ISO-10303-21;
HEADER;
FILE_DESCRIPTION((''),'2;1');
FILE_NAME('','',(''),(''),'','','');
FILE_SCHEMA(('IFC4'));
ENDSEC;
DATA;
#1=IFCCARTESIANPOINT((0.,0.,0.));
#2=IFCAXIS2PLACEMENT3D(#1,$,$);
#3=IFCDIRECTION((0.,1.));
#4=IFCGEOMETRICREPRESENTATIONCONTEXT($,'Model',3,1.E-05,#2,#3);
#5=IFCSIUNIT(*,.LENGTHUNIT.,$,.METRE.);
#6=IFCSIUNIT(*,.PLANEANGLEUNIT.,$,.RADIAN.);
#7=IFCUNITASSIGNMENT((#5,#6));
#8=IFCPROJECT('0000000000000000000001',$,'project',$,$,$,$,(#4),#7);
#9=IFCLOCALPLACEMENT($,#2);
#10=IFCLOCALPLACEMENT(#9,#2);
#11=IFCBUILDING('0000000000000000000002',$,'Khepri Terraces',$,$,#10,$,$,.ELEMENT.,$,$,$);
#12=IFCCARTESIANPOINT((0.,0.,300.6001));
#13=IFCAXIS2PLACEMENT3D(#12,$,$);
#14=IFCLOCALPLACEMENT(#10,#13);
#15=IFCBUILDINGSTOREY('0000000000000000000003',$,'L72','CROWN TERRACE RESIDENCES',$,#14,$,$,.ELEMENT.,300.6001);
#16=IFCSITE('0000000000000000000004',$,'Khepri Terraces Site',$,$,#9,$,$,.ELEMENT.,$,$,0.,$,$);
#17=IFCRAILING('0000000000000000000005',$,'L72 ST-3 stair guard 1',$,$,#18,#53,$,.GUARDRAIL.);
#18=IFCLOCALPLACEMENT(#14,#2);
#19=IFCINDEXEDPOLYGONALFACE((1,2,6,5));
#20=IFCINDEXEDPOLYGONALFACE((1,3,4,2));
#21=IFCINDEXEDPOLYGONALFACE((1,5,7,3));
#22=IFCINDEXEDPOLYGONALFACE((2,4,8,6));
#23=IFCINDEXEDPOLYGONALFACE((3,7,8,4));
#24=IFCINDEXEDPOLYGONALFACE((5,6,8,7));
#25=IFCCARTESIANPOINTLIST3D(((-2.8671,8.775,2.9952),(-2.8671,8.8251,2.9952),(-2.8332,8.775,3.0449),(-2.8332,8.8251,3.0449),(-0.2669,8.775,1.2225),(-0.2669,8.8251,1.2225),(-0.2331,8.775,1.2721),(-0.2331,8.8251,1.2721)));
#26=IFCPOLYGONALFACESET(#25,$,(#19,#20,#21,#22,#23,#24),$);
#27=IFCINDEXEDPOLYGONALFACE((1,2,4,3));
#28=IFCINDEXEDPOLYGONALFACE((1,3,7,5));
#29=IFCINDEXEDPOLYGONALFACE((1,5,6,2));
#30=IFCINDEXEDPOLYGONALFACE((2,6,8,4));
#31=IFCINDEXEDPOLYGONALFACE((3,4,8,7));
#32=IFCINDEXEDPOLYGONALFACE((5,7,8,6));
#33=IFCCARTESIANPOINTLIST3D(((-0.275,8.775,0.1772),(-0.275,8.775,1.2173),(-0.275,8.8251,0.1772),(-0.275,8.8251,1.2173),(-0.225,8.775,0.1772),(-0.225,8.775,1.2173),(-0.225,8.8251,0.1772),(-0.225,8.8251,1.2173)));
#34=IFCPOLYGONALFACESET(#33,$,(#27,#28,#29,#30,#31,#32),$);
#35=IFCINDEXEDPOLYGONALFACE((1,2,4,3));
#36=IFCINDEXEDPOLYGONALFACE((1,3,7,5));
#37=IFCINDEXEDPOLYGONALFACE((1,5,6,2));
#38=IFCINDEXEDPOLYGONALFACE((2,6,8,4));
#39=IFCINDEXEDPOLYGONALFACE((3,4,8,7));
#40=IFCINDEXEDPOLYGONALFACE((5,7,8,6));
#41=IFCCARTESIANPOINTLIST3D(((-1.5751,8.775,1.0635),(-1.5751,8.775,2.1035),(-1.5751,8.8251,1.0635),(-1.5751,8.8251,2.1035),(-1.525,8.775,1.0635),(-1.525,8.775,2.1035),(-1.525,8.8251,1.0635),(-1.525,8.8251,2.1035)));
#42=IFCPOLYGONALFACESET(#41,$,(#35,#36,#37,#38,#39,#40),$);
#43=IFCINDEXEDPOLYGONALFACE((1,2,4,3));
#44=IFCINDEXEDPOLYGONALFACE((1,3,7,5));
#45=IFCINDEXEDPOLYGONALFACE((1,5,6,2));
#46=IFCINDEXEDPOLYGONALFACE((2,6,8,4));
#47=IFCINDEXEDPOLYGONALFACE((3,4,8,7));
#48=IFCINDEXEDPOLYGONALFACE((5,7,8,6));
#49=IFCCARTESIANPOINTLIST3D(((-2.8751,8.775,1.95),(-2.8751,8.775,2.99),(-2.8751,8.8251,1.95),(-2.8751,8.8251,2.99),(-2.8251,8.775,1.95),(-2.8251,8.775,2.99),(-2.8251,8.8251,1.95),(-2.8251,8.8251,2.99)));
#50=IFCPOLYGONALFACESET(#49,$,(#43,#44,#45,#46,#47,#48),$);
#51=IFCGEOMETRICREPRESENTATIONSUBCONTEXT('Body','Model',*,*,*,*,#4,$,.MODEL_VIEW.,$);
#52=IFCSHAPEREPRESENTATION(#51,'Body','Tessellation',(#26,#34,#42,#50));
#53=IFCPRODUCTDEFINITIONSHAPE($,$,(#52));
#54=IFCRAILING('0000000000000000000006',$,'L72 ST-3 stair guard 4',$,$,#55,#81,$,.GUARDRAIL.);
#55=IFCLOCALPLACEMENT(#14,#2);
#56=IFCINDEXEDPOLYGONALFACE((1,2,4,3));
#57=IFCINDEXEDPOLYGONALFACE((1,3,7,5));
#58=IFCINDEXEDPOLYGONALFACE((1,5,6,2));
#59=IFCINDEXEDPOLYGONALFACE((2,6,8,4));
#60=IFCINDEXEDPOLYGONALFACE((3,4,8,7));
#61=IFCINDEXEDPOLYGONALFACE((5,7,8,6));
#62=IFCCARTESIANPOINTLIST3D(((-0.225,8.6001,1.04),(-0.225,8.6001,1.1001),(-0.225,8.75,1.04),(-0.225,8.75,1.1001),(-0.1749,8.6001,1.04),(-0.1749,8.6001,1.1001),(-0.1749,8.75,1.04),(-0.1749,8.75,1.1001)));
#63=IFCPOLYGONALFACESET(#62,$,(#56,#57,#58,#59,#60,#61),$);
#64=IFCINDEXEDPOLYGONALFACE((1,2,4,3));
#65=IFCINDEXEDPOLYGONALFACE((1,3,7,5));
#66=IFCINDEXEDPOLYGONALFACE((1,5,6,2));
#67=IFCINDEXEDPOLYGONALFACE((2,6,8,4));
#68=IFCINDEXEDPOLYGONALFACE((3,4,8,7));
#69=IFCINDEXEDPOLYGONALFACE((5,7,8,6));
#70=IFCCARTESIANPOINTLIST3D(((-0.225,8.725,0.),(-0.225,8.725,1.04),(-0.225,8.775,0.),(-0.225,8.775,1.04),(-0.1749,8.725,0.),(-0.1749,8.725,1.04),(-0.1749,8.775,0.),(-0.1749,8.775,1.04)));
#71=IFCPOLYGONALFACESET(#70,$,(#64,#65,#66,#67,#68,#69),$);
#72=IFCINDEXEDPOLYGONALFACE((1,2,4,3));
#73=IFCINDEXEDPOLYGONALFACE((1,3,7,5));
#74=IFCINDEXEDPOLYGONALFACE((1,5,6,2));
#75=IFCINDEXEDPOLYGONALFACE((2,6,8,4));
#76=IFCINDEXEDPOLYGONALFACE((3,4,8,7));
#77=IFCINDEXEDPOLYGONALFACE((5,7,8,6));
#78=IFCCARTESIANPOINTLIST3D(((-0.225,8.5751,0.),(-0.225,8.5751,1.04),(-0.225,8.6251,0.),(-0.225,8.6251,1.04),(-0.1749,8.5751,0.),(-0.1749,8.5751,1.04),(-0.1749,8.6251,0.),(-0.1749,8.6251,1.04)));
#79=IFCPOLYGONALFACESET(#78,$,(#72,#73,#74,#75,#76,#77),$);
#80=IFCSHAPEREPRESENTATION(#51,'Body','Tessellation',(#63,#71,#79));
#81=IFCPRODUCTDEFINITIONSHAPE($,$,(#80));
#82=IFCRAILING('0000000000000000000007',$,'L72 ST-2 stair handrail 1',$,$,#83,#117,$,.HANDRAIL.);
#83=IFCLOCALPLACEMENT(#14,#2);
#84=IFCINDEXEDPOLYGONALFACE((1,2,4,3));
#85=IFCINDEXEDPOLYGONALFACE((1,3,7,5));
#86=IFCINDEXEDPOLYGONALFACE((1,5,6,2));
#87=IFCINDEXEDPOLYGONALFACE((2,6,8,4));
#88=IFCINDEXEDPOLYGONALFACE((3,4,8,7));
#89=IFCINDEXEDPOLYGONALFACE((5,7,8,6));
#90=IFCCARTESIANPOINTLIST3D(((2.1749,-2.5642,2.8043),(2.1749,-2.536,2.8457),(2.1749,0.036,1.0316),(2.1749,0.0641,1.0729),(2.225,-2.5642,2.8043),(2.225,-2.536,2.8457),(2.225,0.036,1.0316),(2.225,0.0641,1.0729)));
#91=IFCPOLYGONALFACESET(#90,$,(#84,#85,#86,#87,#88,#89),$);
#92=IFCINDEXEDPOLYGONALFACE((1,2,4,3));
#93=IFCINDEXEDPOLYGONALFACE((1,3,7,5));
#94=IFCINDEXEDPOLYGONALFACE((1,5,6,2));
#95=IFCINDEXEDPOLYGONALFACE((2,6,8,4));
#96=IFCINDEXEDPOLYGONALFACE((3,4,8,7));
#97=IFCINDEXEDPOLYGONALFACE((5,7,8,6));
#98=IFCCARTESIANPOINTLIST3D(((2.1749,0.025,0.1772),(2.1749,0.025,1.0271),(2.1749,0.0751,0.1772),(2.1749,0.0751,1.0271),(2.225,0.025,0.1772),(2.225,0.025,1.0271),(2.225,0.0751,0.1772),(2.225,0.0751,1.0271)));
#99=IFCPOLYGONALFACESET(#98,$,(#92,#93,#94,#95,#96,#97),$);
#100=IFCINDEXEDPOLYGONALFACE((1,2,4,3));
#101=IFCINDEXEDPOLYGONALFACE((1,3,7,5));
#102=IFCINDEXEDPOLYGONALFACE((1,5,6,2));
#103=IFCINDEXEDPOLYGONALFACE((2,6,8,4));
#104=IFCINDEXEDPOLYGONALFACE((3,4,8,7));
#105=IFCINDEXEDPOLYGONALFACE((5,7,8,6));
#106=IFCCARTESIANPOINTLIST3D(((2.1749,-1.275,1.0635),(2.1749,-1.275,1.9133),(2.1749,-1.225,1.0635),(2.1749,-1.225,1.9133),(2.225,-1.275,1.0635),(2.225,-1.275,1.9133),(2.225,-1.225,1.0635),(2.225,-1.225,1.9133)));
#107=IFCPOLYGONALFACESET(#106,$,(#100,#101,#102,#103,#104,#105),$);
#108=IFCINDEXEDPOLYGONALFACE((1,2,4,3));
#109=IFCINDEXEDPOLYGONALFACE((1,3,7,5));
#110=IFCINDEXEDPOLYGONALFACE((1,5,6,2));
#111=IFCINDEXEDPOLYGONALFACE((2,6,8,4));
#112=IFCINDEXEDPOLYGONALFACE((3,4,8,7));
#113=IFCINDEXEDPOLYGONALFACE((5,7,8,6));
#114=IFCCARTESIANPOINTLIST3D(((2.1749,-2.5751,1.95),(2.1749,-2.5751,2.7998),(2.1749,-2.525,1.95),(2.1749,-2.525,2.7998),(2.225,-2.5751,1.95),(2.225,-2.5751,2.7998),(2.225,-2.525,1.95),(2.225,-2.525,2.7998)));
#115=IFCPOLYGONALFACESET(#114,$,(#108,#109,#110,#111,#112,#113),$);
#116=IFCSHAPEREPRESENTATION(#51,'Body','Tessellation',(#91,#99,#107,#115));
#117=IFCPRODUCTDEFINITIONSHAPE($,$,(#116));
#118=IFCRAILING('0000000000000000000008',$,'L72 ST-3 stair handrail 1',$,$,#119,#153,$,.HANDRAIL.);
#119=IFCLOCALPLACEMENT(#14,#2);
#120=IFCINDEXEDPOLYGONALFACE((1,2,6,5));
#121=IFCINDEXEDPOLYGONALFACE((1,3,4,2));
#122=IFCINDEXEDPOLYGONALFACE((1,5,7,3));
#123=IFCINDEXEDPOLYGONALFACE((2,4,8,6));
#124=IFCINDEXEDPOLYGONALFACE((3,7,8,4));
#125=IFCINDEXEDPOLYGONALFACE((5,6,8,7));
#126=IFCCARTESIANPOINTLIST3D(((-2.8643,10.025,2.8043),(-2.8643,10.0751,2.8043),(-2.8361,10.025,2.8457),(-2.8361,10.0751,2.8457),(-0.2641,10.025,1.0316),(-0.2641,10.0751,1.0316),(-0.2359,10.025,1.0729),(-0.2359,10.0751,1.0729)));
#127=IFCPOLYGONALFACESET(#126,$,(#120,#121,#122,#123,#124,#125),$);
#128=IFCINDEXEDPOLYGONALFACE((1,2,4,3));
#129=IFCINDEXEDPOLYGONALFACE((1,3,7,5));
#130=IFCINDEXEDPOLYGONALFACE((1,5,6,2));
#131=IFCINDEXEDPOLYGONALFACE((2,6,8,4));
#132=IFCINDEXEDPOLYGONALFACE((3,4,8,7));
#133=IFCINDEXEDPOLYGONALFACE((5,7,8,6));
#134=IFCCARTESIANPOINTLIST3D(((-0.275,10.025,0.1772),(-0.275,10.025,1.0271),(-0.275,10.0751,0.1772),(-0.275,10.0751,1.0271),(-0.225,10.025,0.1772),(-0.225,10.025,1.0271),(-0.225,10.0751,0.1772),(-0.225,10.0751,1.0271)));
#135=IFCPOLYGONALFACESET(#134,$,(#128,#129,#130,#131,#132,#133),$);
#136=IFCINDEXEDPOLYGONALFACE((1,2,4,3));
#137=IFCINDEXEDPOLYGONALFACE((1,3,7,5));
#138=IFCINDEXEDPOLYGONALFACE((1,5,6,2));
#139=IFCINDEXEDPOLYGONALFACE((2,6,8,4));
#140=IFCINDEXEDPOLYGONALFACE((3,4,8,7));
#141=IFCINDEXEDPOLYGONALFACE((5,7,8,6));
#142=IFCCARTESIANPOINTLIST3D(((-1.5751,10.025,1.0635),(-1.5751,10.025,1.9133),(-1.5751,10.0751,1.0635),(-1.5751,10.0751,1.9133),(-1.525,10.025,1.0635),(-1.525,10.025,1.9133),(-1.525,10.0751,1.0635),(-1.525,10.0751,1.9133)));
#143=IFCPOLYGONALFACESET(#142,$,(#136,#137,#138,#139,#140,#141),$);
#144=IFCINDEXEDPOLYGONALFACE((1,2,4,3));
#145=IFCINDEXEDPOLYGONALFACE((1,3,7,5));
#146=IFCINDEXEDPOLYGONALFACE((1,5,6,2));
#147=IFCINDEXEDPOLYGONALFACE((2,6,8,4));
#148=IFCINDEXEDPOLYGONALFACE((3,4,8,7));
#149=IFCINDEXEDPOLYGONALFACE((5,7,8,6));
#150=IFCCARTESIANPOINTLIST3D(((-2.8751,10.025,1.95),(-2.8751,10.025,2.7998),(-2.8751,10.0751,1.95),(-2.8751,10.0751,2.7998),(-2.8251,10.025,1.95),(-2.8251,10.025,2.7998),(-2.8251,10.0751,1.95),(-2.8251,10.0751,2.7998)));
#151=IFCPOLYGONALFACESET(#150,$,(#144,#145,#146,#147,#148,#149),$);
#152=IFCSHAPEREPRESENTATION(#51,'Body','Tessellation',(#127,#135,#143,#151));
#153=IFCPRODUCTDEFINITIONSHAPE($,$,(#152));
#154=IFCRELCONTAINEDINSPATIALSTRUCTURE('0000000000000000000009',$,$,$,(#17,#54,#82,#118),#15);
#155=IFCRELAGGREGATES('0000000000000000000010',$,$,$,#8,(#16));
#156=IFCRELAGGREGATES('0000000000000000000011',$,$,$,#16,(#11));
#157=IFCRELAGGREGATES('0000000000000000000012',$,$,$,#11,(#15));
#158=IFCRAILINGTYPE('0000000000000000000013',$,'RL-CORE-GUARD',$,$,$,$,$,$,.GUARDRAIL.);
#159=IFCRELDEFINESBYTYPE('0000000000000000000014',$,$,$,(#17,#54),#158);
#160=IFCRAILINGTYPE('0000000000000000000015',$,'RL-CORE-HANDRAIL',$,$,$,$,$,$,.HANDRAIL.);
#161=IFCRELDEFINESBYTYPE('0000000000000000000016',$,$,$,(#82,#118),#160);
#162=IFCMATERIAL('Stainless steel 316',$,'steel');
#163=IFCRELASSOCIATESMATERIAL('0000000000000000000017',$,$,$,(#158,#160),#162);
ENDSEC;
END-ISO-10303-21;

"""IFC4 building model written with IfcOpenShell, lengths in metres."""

from ifc_helpers import new_model, si_unit, direction, frame, origin, origin_2d, place, context, subcontext, project, spatial, rectangle, extrude, material, type_object, element, save


model = new_model("IFC4")

# Units and contexts
model_context = context("Model", 3, precision=1e-05, world=origin(), true_north=direction((0.0, 1.0)))
body_context = subcontext(model_context, "Body", "Model", "MODEL_VIEW")
ifc_project = project(units=[si_unit("LENGTHUNIT", "METRE"), si_unit("PLANEANGLEUNIT", "RADIAN")], contexts=[model_context])

# Site, building, storey
site_placement = place(None, origin())
site = spatial("IfcSite", under=ifc_project, at=site_placement, Name="Khepri Terraces Site", CompositionType="ELEMENT", RefElevation=0.0)
building_placement = place(site_placement, origin())
building = spatial("IfcBuilding", under=site, at=building_placement, Name="Khepri Terraces", CompositionType="ELEMENT")
storey_placement = place(building_placement, frame((0.0, 0.0, 300.6001)))
storey = spatial("IfcBuildingStorey", under=building, at=storey_placement, Name="L72", Description="CROWN TERRACE RESIDENCES", CompositionType="ELEMENT", Elevation=300.6001)

# Railings
ifc_material_1 = material(Name="Stainless steel 316", Category="steel")
railing_type_1 = type_object("IfcRailingType", Name="RL-CORE-GUARD", PredefinedType="GUARDRAIL", material=ifc_material_1)
railing_1_placement = place(storey_placement, frame((-0.25, 8.8, 0.1772)))
element("IfcRailing", 1, at=railing_1_placement, inside=storey, type_object=railing_type_1, Name="L72 ST-3 stair guard 1", PredefinedType="GUARDRAIL", context=body_context, shape_type="SweptSolid", body=[
    extrude(rectangle(XDim=0.05, YDim=0.0601, at=origin_2d()), frame((0.0, 0.0, 1.0701), z_axis=(-0.82624, 0.0, 0.563318), x_axis=(0.0, -1.0, 0.0)), (0.0, 0.0, 1.0), 3.147),
    extrude(rectangle(XDim=0.05, YDim=0.05, at=origin_2d()), origin(), (0.0, 0.0, 1.0), 1.04),
    extrude(rectangle(XDim=0.05, YDim=0.05, at=origin_2d()), frame((-1.3, 0.0, 0.8862)), (0.0, 0.0, 1.0), 1.04),
    extrude(rectangle(XDim=0.05, YDim=0.05, at=origin_2d()), frame((-2.6001, 0.0, 1.7727)), (0.0, 0.0, 1.0), 1.04),
])
railing_2_placement = place(storey_placement, frame((-0.2, 8.75, 0.0)))
element("IfcRailing", 2, at=railing_2_placement, inside=storey, type_object=railing_type_1, Name="L72 ST-3 stair guard 4", PredefinedType="GUARDRAIL", context=body_context, shape_type="SweptSolid", body=[
    extrude(rectangle(XDim=0.05, YDim=0.0601, at=origin_2d()), frame((0.0, 0.0, 1.0701), z_axis=(0.0, -1.0, 0.0), x_axis=(1.0, 0.0, 0.0)), (0.0, 0.0, 1.0), 0.1499),
    extrude(rectangle(XDim=0.05, YDim=0.05, at=origin_2d()), origin(), (0.0, 0.0, 1.0), 1.04),
    extrude(rectangle(XDim=0.05, YDim=0.05, at=origin_2d()), frame((0.0, -0.1499, 0.0)), (0.0, 0.0, 1.0), 1.04),
])
railing_type_2 = type_object("IfcRailingType", Name="RL-CORE-HANDRAIL", PredefinedType="HANDRAIL", material=ifc_material_1)
railing_3_placement = place(storey_placement, frame((2.2, 0.05, 0.1772)))
element("IfcRailing", 3, at=railing_3_placement, inside=storey, type_object=railing_type_2, Name="L72 ST-2 stair handrail 1", PredefinedType="HANDRAIL", context=body_context, shape_type="SweptSolid", body=[
    extrude(rectangle(XDim=0.05, YDim=0.05, at=origin_2d()), frame((0.0, 0.0, 0.875), z_axis=(0.0, -0.82624, 0.563318), x_axis=(1.0, 0.0, 0.0)), (0.0, 0.0, 1.0), 3.147),
    extrude(rectangle(XDim=0.05, YDim=0.05, at=origin_2d()), origin(), (0.0, 0.0, 1.0), 0.8499),
    extrude(rectangle(XDim=0.05, YDim=0.05, at=origin_2d()), frame((0.0, -1.3, 0.8862)), (0.0, 0.0, 1.0), 0.8499),
    extrude(rectangle(XDim=0.05, YDim=0.05, at=origin_2d()), frame((0.0, -2.6001, 1.7727)), (0.0, 0.0, 1.0), 0.8499),
])
railing_4_placement = place(storey_placement, frame((-0.25, 10.05, 0.1772)))
element("IfcRailing", 4, at=railing_4_placement, inside=storey, type_object=railing_type_2, Name="L72 ST-3 stair handrail 1", PredefinedType="HANDRAIL", context=body_context, shape_type="SweptSolid", body=[
    extrude(rectangle(XDim=0.05, YDim=0.05, at=origin_2d()), frame((0.0, 0.0, 0.875), z_axis=(-0.82624, 0.0, 0.563318), x_axis=(0.0, -1.0, 0.0)), (0.0, 0.0, 1.0), 3.147),
    extrude(rectangle(XDim=0.05, YDim=0.05, at=origin_2d()), origin(), (0.0, 0.0, 1.0), 0.8499),
    extrude(rectangle(XDim=0.05, YDim=0.05, at=origin_2d()), frame((-1.3, 0.0, 0.8862)), (0.0, 0.0, 1.0), 0.8499),
    extrude(rectangle(XDim=0.05, YDim=0.05, at=origin_2d()), frame((-2.6001, 0.0, 1.7727)), (0.0, 0.0, 1.0), 0.8499),
])

save(model, "model.ifc")
